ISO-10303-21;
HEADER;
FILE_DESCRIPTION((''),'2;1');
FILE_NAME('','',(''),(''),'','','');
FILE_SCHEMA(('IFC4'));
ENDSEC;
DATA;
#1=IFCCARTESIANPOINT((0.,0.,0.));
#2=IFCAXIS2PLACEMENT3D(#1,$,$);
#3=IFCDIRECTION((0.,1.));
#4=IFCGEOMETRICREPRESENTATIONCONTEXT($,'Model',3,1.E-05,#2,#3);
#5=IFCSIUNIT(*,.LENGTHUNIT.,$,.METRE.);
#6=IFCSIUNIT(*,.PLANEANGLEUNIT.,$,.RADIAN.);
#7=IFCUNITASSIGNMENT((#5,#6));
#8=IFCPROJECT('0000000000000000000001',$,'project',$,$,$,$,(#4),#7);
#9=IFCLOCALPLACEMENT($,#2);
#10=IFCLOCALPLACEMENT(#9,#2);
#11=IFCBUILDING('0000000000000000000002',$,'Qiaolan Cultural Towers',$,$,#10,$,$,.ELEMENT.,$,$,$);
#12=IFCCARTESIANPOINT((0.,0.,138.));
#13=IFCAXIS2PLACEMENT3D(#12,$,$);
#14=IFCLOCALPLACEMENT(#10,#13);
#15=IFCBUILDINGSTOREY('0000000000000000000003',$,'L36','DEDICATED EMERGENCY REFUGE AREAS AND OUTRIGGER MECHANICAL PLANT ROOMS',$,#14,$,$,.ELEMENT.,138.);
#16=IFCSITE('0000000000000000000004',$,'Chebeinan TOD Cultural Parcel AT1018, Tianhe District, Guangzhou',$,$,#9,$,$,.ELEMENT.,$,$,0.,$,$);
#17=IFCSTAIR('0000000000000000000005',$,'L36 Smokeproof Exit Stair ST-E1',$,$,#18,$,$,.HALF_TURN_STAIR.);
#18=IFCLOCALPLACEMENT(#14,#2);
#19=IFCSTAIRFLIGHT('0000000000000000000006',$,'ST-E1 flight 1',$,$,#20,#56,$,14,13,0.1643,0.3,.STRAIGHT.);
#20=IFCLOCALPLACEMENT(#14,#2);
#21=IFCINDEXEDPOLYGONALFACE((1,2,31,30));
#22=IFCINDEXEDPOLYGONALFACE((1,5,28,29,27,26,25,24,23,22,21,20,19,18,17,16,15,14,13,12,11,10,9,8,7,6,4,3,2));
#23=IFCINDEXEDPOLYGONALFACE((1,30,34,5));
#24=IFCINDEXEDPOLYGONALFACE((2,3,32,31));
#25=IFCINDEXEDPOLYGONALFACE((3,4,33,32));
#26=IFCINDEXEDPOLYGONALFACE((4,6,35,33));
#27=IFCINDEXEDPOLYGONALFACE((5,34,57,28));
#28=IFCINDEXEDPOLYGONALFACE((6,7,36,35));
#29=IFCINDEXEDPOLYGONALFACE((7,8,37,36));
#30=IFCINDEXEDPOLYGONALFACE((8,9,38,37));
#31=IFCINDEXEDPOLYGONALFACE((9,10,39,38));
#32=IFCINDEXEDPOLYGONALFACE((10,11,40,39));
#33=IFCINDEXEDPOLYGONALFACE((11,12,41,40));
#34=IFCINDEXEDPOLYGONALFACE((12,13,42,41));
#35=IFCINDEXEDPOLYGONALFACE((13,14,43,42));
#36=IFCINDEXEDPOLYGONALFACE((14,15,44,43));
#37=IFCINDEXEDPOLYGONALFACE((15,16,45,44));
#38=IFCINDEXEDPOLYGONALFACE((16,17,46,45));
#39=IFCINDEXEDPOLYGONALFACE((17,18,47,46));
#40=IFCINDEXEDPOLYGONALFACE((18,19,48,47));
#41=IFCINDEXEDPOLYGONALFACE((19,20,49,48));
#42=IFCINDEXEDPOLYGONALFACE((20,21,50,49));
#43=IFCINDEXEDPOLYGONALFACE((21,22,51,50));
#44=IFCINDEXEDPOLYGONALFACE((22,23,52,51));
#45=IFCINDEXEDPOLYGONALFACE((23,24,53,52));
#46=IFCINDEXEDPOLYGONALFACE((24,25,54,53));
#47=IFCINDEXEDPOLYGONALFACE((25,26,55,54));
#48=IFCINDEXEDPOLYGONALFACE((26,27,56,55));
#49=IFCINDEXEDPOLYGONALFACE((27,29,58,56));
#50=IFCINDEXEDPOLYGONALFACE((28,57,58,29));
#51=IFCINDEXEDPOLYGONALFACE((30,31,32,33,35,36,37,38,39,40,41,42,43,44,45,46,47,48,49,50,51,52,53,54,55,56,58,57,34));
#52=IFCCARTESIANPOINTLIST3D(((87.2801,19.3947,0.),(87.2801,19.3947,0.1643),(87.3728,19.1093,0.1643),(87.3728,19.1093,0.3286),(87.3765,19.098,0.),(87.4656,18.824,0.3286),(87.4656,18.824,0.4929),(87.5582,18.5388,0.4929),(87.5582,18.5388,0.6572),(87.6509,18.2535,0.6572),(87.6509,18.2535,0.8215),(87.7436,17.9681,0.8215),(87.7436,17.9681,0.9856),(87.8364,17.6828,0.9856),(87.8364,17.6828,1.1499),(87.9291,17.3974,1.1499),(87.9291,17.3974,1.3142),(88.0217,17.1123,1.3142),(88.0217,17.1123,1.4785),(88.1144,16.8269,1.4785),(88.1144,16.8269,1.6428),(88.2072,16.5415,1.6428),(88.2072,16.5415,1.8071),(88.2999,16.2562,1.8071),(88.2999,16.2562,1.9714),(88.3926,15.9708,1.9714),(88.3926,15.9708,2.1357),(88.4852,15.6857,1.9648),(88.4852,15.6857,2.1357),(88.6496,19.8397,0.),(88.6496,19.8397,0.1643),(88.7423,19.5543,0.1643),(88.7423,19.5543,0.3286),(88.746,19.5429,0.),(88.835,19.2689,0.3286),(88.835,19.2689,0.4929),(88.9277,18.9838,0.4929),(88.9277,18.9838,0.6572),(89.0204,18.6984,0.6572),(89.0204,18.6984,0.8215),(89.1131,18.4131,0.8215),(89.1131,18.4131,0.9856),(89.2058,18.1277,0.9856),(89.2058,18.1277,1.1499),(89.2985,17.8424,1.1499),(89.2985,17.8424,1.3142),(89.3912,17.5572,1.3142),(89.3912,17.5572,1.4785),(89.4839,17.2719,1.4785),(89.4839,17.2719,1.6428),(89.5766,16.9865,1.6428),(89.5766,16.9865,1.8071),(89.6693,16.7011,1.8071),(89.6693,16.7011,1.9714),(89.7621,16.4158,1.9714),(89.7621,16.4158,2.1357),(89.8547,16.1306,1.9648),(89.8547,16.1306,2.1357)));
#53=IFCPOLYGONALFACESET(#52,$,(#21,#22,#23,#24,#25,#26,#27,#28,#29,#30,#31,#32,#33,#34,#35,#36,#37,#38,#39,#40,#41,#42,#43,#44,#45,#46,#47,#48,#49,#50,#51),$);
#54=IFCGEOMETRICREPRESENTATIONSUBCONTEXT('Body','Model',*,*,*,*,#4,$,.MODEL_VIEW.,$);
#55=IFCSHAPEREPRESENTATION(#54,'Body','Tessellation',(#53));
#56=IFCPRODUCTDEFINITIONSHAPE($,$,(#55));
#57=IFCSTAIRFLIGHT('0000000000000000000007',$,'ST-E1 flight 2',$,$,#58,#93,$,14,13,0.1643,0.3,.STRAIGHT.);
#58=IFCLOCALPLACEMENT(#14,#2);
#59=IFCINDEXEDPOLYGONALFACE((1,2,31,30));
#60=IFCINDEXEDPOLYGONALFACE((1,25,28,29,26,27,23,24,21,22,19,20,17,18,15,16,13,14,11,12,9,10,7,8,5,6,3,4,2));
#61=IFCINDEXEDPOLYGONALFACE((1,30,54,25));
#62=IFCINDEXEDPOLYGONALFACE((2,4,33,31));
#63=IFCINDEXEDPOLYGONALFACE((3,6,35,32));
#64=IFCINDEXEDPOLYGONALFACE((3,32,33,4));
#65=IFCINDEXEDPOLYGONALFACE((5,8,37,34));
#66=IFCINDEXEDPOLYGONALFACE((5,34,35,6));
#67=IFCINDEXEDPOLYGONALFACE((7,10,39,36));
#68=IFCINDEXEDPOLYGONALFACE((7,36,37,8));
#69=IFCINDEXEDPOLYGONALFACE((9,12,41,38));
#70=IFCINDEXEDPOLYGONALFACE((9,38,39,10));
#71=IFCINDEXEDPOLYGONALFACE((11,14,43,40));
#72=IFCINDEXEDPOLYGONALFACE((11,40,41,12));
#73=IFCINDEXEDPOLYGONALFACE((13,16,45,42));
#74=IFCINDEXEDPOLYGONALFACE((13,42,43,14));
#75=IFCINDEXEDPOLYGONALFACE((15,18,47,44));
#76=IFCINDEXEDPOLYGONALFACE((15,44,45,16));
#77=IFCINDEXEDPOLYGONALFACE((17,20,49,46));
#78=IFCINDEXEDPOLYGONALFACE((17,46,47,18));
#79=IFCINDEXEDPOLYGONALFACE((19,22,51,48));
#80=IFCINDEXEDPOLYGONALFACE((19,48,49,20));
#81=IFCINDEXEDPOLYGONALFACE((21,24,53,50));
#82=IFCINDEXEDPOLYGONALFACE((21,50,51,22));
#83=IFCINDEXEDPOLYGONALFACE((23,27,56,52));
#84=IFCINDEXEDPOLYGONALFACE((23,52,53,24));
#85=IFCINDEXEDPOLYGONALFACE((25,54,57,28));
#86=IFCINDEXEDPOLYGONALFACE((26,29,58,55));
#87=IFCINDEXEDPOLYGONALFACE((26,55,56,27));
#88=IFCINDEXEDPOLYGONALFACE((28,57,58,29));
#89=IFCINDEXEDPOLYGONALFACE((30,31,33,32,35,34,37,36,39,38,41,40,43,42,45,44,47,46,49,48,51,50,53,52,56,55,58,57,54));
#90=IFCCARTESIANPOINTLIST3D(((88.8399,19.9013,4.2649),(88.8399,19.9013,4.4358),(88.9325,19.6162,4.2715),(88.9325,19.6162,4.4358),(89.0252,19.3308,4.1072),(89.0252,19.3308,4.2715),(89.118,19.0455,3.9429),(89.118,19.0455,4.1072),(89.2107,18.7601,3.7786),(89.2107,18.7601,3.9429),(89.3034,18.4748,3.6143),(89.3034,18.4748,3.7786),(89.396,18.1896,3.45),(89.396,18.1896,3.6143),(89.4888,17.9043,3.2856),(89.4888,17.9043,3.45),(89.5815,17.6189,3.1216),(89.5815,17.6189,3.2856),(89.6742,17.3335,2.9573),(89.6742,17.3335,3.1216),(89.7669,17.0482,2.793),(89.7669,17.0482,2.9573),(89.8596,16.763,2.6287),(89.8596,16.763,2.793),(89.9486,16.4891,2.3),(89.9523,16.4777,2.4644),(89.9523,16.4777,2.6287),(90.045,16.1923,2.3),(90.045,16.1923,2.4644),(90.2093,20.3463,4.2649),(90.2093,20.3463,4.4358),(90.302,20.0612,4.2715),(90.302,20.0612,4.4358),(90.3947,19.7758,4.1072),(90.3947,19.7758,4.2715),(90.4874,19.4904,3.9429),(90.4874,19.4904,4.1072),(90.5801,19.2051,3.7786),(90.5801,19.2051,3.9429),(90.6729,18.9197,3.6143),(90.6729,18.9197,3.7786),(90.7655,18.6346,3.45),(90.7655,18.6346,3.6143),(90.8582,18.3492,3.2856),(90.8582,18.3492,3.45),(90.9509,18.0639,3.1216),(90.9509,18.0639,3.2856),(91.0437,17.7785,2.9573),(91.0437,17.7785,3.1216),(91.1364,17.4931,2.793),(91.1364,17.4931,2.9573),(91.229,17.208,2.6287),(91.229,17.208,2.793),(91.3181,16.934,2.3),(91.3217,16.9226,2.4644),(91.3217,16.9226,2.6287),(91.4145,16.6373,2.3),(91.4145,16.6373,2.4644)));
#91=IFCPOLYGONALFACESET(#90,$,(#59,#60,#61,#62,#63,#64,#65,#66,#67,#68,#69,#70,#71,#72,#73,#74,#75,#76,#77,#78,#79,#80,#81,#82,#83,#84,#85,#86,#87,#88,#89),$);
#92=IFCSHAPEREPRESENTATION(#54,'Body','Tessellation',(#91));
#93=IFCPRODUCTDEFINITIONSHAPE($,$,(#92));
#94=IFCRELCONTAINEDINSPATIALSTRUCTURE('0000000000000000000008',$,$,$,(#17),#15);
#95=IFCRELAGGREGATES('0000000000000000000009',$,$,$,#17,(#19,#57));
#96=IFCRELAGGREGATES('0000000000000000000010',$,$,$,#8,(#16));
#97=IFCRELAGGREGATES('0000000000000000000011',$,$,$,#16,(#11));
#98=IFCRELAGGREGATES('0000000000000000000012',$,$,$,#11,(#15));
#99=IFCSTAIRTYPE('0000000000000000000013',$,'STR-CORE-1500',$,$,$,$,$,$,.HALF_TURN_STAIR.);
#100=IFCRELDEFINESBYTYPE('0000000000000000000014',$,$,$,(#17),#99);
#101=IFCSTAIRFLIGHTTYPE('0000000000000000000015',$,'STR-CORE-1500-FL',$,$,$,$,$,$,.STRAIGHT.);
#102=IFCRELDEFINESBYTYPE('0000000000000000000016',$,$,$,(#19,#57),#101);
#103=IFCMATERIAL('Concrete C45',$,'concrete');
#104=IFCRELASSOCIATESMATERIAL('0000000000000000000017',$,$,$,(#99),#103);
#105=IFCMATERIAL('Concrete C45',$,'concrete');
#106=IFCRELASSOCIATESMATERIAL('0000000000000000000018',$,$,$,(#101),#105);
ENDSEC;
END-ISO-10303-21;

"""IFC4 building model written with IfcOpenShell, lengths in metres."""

from ifc_helpers import new_model, si_unit, direction, frame, origin, place, context, subcontext, project, spatial, polyline, outline, extrude, material, type_object, element, aggregate, save


model = new_model("IFC4")

# Units and contexts
model_context = context("Model", 3, precision=1e-05, world=origin(), true_north=direction((0.0, 1.0)))
body_context = subcontext(model_context, "Body", "Model", "MODEL_VIEW")
ifc_project = project(units=[si_unit("LENGTHUNIT", "METRE"), si_unit("PLANEANGLEUNIT", "RADIAN")], contexts=[model_context])

# Site, building, storey
site_placement = place(None, origin())
site = spatial("IfcSite", under=ifc_project, at=site_placement, Name="Chebeinan TOD Cultural Parcel AT1018, Tianhe District, Guangzhou", CompositionType="ELEMENT", RefElevation=0.0)
building_placement = place(site_placement, origin())
building = spatial("IfcBuilding", under=site, at=building_placement, Name="Qiaolan Cultural Towers", CompositionType="ELEMENT")
storey_placement = place(building_placement, frame((0.0, 0.0, 138.0)))
storey = spatial("IfcBuildingStorey", under=building, at=storey_placement, Name="L36", Description="DEDICATED EMERGENCY REFUGE AREAS AND OUTRIGGER MECHANICAL PLANT ROOMS", CompositionType="ELEMENT", Elevation=138.0)

# Stair, stair flights
ifc_material_1 = material(Name="Concrete C45", Category="concrete")
stair_type = type_object("IfcStairType", Name="STR-CORE-1500", PredefinedType="HALF_TURN_STAIR", material=ifc_material_1)
stair_placement = place(storey_placement, origin())
stair = element("IfcStair", 1, at=stair_placement, inside=storey, type_object=stair_type, Name="L36 Smokeproof Exit Stair ST-E1", PredefinedType="HALF_TURN_STAIR")
ifc_material_2 = material(Name="Concrete C45", Category="concrete")
stair_flight_type = type_object("IfcStairFlightType", Name="STR-CORE-1500-FL", PredefinedType="STRAIGHT", material=ifc_material_2)
stair_flight_1_placement = place(storey_placement, frame((87.9648, 19.6172, 0.0), z_axis=(0.0, 0.0, 1.0), x_axis=(0.309017, -0.951057, 0.0)))
stair_flight_1 = element("IfcStairFlight", 2, at=stair_flight_1_placement, type_object=stair_flight_type, Name="ST-E1 flight 1", NumberOfRisers=14, NumberOfTreads=13, PredefinedType="STRAIGHT", RiserHeight=0.1643, TreadLength=0.3, context=body_context, shape_type="SweptSolid", body=[
    extrude(outline(polyline([(0.0, 0.0), (0.0, 0.1643), (0.3, 0.1643), (0.3, 0.3286), (0.6001, 0.3286), (0.6001, 0.4929), (0.8999, 0.4929), (0.8999, 0.6572), (1.2, 0.6572), (1.2, 0.8215), (1.5, 0.8215), (1.5, 0.9856), (1.8, 0.9856), (1.8, 1.1499), (2.1001, 1.1499), (2.1001, 1.3142), (2.3999, 1.3142), (2.3999, 1.4785), (2.7, 1.4785), (2.7, 1.6428), (3.0, 1.6428), (3.0, 1.8071), (3.3, 1.8071), (3.3, 1.9714), (3.6001, 1.9714), (3.6001, 2.1357), (3.8999, 2.1357), (3.8999, 2.3), (3.8999, 1.9648), (0.312, 0.0), (0.0, 0.0)])), frame((0.0, 0.72, 0.0), z_axis=(0.0, -1.0, 0.0), x_axis=(1.0, 0.0, 0.0)), (0.0, 0.0, 1.0), 1.4399),
])
stair_flight_2_placement = place(storey_placement, frame((90.7297, 16.4148, 2.3), z_axis=(0.0, 0.0, 1.0), x_axis=(-0.309017, 0.951057, 0.0)))
stair_flight_2 = element("IfcStairFlight", 3, at=stair_flight_2_placement, type_object=stair_flight_type, Name="ST-E1 flight 2", NumberOfRisers=14, NumberOfTreads=13, PredefinedType="STRAIGHT", RiserHeight=0.1643, TreadLength=0.3, context=body_context, shape_type="SweptSolid", body=[
    extrude(outline(polyline([(0.0, 0.0), (0.0, 0.1643), (0.3, 0.1643), (0.3, 0.3286), (0.6001, 0.3286), (0.6001, 0.4929), (0.8999, 0.4929), (0.8999, 0.6572), (1.2, 0.6572), (1.2, 0.8215), (1.5, 0.8215), (1.5, 0.9856), (1.8, 0.9856), (1.8, 1.1499), (2.1001, 1.1499), (2.1001, 1.3142), (2.3999, 1.3142), (2.3999, 1.4785), (2.7, 1.4785), (2.7, 1.6428), (3.0, 1.6428), (3.0, 1.8071), (3.3, 1.8071), (3.3, 1.9714), (3.6001, 1.9714), (3.6001, 2.1357), (3.8999, 2.1357), (3.8999, 2.3), (3.8999, 1.9648), (0.312, 0.0), (0.0, 0.0)])), frame((0.0, 0.72, 0.0), z_axis=(0.0, -1.0, 0.0), x_axis=(1.0, 0.0, 0.0)), (0.0, 0.0, 1.0), 1.4399),
])
aggregate(stair, [stair_flight_1, stair_flight_2])

save(model, "model.ifc")
